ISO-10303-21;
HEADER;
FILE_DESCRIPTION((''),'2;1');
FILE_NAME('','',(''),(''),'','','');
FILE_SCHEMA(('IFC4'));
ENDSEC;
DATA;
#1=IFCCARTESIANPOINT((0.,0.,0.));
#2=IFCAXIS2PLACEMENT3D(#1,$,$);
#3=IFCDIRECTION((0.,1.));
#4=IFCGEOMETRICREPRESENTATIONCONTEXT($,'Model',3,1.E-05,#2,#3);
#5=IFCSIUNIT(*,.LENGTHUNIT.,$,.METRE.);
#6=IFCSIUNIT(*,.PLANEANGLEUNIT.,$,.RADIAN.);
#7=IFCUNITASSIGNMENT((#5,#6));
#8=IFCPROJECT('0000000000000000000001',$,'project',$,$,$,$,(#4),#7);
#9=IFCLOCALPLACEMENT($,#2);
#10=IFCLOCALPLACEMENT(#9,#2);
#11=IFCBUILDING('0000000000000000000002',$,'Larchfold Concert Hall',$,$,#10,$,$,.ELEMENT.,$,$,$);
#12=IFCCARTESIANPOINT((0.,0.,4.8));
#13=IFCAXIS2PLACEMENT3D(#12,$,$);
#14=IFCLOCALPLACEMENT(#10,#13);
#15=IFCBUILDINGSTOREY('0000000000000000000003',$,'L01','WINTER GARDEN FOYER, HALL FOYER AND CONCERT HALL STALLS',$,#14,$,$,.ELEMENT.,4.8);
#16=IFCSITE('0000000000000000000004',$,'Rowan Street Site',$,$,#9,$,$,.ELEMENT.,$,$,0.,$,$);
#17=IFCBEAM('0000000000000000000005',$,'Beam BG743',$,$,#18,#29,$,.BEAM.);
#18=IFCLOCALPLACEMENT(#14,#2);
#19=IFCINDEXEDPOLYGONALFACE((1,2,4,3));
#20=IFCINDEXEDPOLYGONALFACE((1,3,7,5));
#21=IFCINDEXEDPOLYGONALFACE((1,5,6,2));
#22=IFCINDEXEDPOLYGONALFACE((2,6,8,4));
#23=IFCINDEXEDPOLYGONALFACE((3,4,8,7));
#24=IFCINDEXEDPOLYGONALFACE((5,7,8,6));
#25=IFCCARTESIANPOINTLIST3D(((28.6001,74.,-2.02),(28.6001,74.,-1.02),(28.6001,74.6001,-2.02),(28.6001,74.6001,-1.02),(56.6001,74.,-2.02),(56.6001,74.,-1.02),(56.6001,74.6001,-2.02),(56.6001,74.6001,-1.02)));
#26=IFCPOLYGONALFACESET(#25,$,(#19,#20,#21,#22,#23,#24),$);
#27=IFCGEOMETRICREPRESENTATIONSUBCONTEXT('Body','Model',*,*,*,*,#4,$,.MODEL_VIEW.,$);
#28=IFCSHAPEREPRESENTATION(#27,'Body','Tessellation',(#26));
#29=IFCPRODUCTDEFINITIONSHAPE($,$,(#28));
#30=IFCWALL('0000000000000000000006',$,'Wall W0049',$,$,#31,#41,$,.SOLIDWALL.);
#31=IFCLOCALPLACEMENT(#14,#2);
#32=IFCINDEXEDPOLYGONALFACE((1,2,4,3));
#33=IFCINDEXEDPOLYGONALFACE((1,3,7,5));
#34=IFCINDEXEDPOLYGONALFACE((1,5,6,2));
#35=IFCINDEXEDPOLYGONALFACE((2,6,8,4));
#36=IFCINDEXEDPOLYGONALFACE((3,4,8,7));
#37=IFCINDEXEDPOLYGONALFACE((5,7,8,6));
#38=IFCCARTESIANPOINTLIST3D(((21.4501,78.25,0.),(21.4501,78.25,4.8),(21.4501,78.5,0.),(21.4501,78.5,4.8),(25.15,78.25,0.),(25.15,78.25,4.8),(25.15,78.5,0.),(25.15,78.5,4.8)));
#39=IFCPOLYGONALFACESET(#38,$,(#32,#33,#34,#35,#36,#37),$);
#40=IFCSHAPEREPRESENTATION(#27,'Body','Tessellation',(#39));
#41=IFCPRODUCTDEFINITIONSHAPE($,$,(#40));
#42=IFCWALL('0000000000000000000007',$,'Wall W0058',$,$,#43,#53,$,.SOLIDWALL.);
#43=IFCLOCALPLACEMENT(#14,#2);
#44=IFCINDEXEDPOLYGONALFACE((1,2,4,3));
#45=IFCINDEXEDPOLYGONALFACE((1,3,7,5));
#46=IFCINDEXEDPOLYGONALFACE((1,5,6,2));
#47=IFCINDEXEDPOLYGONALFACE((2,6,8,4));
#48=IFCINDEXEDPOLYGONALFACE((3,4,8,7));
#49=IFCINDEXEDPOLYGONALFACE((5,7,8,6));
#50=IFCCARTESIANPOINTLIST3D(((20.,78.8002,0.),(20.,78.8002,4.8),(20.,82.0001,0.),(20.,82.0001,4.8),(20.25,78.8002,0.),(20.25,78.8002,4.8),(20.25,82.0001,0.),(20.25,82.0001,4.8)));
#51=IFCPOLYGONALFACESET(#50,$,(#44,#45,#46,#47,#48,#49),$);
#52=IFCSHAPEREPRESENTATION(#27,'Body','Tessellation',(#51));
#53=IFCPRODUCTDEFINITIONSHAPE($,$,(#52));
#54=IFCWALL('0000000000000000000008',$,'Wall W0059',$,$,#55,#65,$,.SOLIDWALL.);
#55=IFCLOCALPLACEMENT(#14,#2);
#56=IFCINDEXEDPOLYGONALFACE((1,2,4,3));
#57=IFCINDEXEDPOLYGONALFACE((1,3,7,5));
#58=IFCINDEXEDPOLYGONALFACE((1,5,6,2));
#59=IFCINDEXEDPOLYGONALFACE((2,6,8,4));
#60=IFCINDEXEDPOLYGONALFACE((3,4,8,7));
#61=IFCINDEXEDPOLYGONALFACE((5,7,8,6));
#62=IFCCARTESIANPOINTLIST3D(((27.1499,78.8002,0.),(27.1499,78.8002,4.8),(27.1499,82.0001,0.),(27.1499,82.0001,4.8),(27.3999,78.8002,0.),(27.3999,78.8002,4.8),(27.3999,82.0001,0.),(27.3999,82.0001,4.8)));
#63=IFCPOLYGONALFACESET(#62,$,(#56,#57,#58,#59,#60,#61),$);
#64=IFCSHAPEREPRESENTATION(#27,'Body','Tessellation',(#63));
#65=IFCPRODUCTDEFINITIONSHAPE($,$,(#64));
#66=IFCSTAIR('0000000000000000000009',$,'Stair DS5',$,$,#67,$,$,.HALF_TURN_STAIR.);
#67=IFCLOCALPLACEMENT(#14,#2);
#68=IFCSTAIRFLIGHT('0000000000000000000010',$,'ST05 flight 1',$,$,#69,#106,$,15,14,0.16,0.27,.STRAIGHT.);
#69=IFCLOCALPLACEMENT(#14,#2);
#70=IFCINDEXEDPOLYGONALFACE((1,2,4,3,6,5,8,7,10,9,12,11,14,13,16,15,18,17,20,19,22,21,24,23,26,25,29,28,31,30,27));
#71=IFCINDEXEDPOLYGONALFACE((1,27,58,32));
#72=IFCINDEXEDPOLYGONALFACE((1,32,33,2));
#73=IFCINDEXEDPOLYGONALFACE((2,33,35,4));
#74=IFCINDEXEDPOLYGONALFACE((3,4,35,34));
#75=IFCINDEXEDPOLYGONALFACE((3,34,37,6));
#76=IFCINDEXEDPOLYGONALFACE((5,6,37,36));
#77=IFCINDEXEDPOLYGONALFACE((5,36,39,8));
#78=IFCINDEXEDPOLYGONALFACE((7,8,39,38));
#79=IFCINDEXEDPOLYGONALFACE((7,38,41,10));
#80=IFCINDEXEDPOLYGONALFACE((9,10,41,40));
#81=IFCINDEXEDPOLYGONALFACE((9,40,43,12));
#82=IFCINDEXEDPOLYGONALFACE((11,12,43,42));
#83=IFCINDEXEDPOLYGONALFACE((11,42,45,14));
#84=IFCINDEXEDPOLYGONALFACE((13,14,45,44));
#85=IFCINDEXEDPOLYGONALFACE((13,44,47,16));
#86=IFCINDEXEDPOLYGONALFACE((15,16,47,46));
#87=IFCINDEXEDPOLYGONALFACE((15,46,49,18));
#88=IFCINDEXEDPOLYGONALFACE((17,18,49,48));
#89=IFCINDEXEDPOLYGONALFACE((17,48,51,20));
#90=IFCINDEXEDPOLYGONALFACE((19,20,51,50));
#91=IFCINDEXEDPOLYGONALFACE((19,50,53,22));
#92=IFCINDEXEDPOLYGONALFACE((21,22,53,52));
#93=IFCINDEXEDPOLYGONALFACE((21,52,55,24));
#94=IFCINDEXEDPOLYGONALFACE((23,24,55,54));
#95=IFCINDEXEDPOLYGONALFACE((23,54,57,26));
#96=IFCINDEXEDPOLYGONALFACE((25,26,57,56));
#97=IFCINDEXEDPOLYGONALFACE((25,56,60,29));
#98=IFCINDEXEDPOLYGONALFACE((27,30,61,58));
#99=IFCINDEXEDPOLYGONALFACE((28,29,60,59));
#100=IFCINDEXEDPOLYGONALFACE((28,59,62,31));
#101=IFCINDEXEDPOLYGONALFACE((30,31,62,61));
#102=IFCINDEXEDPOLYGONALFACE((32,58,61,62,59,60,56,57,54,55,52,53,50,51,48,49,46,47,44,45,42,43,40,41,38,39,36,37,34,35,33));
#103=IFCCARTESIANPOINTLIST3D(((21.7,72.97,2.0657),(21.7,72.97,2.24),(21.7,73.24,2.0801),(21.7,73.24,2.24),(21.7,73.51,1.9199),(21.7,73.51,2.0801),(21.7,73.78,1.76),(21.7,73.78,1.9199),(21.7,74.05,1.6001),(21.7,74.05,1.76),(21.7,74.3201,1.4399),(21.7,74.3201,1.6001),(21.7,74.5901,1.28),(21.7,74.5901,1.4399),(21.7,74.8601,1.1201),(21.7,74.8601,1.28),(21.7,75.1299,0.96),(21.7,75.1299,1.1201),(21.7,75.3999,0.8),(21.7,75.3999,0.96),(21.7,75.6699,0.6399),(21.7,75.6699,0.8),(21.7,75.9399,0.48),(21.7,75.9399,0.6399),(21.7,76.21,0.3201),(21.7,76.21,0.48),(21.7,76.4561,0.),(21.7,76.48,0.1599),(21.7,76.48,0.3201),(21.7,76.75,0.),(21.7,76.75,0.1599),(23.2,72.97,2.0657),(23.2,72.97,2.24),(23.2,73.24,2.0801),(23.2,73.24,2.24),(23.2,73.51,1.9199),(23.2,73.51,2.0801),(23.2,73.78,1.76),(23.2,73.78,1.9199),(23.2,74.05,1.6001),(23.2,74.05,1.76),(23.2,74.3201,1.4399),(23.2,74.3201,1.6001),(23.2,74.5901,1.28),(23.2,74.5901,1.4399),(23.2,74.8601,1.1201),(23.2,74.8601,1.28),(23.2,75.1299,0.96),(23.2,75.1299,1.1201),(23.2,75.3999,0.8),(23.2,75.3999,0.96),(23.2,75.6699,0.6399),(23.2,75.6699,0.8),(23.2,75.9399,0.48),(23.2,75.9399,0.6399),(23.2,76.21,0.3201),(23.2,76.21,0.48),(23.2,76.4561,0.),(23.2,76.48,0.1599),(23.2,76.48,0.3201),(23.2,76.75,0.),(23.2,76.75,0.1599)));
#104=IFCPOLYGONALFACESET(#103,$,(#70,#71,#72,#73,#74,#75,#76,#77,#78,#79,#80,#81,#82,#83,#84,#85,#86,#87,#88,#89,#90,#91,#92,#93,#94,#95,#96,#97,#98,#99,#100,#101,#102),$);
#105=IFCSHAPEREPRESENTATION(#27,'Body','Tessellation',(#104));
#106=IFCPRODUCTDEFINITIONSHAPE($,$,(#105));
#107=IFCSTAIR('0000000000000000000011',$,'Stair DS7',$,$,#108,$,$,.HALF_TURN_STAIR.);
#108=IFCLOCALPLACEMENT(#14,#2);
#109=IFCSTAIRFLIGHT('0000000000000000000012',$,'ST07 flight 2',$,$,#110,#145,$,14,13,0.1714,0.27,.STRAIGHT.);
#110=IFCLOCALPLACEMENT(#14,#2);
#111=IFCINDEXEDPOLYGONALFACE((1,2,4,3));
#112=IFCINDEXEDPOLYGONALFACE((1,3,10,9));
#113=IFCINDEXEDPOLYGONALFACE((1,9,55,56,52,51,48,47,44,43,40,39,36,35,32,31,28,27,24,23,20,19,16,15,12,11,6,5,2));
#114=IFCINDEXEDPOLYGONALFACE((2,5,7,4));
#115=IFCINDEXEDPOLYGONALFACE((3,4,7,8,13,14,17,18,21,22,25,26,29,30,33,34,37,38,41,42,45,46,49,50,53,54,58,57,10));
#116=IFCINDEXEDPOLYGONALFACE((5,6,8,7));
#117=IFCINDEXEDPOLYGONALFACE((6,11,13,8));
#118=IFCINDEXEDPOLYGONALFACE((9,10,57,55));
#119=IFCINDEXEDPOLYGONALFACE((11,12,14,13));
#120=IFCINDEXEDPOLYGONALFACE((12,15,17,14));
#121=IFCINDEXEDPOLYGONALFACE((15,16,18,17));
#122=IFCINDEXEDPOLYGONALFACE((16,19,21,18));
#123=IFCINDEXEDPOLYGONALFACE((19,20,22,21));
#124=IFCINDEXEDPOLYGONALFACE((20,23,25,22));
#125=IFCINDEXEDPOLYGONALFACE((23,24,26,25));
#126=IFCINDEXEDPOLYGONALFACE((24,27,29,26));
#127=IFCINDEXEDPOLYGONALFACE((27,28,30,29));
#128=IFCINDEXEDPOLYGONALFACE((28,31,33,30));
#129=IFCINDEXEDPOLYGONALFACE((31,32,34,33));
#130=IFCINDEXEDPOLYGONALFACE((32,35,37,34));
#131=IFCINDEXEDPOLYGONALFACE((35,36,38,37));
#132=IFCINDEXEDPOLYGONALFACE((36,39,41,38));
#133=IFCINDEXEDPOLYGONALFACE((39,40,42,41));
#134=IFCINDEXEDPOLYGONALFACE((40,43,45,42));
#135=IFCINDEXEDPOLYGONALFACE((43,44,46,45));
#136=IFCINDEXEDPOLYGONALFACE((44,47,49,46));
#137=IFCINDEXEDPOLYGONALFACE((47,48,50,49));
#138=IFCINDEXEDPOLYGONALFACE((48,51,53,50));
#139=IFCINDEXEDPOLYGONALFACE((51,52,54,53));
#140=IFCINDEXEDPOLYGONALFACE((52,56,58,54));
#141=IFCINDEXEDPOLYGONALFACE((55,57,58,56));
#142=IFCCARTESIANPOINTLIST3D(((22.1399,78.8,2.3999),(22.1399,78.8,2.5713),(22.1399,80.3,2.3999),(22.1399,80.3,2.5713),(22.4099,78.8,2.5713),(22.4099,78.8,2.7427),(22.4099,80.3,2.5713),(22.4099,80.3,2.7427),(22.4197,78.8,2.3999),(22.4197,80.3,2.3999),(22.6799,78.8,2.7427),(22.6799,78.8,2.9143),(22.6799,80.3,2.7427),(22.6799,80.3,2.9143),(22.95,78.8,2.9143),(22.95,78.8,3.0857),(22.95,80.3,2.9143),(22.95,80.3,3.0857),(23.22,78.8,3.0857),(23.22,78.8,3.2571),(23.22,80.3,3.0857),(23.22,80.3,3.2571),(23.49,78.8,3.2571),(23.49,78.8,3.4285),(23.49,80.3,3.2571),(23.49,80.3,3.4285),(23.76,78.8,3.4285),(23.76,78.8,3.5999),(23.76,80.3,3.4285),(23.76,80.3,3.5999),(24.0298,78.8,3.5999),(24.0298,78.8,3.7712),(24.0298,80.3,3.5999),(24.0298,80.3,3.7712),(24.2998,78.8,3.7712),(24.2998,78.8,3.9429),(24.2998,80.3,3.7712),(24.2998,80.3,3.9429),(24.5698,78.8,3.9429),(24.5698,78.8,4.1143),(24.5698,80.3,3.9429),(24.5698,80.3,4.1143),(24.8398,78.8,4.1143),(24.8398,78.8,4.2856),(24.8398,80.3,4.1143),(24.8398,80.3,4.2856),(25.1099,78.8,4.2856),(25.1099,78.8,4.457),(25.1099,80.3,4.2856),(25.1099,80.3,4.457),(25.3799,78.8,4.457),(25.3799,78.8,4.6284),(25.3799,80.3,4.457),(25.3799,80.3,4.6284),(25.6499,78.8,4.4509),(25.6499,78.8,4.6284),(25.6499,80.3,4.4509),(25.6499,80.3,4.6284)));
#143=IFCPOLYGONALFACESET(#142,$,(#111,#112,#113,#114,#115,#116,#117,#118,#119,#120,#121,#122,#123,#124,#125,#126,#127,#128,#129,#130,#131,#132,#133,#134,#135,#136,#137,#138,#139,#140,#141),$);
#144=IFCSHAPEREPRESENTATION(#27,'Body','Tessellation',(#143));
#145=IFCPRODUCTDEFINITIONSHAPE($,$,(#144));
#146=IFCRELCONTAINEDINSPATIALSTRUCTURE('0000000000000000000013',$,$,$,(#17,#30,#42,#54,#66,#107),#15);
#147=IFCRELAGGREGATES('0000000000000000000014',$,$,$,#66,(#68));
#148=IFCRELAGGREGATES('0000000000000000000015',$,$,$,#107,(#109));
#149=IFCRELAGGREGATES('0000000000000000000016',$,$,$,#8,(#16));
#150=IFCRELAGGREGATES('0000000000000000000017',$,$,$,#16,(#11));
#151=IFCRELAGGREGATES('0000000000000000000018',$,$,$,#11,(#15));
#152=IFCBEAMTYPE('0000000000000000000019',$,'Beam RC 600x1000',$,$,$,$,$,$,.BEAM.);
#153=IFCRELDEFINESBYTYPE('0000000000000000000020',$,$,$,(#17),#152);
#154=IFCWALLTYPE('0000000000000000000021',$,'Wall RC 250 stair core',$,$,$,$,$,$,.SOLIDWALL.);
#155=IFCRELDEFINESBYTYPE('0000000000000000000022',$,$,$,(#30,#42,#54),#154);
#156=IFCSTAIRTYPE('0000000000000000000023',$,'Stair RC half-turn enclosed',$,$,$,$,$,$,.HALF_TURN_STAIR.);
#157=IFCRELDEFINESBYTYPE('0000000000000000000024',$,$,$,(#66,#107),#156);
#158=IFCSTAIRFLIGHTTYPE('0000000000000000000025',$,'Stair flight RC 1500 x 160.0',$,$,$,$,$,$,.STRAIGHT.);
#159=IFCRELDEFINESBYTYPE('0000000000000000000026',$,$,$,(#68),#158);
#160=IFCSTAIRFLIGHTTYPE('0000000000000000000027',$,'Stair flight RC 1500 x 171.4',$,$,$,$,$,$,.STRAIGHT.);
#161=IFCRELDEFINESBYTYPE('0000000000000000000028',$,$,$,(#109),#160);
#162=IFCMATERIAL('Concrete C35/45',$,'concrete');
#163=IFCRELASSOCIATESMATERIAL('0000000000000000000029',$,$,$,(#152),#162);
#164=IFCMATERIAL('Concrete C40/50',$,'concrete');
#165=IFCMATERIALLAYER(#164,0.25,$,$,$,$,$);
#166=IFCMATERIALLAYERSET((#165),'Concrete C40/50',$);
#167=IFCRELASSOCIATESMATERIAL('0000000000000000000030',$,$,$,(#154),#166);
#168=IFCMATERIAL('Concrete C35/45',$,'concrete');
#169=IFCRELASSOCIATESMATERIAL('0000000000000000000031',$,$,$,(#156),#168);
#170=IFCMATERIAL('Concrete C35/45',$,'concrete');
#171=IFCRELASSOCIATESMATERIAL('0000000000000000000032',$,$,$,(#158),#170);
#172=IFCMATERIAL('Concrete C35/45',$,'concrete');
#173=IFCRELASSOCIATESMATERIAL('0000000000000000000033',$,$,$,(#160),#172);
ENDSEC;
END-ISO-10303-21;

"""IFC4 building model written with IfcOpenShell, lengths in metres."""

from ifc_helpers import new_model, si_unit, direction, frame, frame_2d, origin, origin_2d, place, context, subcontext, project, spatial, polyline, rectangle, outline, extrude, material, layer, layer_set, material_profile, profile_set, type_object, element, aggregate, save


model = new_model("IFC4")

# Units and contexts
model_context = context("Model", 3, precision=1e-05, world=origin(), true_north=direction((0.0, 1.0)))
body_context = subcontext(model_context, "Body", "Model", "MODEL_VIEW")
ifc_project = project(units=[si_unit("LENGTHUNIT", "METRE"), si_unit("PLANEANGLEUNIT", "RADIAN")], contexts=[model_context])

# Site, building, storey
site_placement = place(None, origin())
site = spatial("IfcSite", under=ifc_project, at=site_placement, Name="Rowan Street Site", CompositionType="ELEMENT", RefElevation=0.0)
building_placement = place(site_placement, origin())
building = spatial("IfcBuilding", under=site, at=building_placement, Name="Larchfold Concert Hall", CompositionType="ELEMENT")
storey_placement = place(building_placement, frame((0.0, 0.0, 4.8)))
storey = spatial("IfcBuildingStorey", under=building, at=storey_placement, Name="L01", Description="WINTER GARDEN FOYER, HALL FOYER AND CONCERT HALL STALLS", CompositionType="ELEMENT", Elevation=4.8)

# Beam
ifc_material_1 = material(Name="Concrete C35/45", Category="concrete")
ifc_material_profile_1 = material_profile(ifc_material_1, rectangle(XDim=0.6001, YDim=1.0, at=origin_2d()))
ifc_profile_set_1 = profile_set([ifc_material_profile_1], Name="Concrete C35/45")
beam_type_1 = type_object("IfcBeamType", Name="Beam RC 600x1000", PredefinedType="BEAM", material=ifc_profile_set_1)
beam_1_placement = place(storey_placement, frame((28.6001, 74.3, -1.52), z_axis=(1.0, 0.0, 0.0), x_axis=(0.0, 1.0, 0.0)))
element("IfcBeam", 1, at=beam_1_placement, inside=storey, type_object=beam_type_1, Name="Beam BG743", PredefinedType="BEAM", context=body_context, shape_type="SweptSolid", body=[
    extrude(rectangle(XDim=0.6001, YDim=1.0, at=origin_2d()), origin(), (0.0, 0.0, 1.0), 28.0),
])

# Walls
ifc_material_2 = material(Name="Concrete C40/50", Category="concrete")
ifc_layer = layer(ifc_material_2, 0.25)
ifc_layer_set = layer_set([ifc_layer], Name="Concrete C40/50")
wall_type = type_object("IfcWallType", Name="Wall RC 250 stair core", PredefinedType="SOLIDWALL", material=ifc_layer_set)
wall_placement = place(storey_placement, frame((21.45, 78.375, 0.0), z_axis=(0.0, 0.0, 1.0), x_axis=(1.0, 0.0, 0.0)))
element("IfcWall", 2, at=wall_placement, inside=storey, type_object=wall_type, Name="Wall W0049", PredefinedType="SOLIDWALL", context=body_context, shape_type="SweptSolid", body=[
    extrude(rectangle(XDim=3.7, YDim=0.25, at=frame_2d((1.8501, 0.0))), origin(), (0.0, 0.0, 1.0), 4.8),
])
for number, where, z_axis, x_axis, name in (
    (3, (20.125, 78.8, 0.0), (0.0, 0.0, 1.0), (0.0, 1.0, 0.0), "Wall W0058"),
    (4, (27.2749, 78.8, 0.0), (0.0, 0.0, 1.0), (0.0, 1.0, 0.0), "Wall W0059"),
):
    element("IfcWall", number, at=place(storey_placement, frame(where, z_axis=z_axis, x_axis=x_axis)), inside=storey, type_object=wall_type, Name=name, PredefinedType="SOLIDWALL", context=body_context, shape_type="SweptSolid", body=[
        extrude(rectangle(XDim=3.2, YDim=0.25, at=frame_2d((1.6001, 0.0))), origin(), (0.0, 0.0, 1.0), 4.8),
    ])

# Stairs, stair flights
ifc_material_3 = material(Name="Concrete C35/45", Category="concrete")
stair_type = type_object("IfcStairType", Name="Stair RC half-turn enclosed", PredefinedType="HALF_TURN_STAIR", material=ifc_material_3)
stair_1_placement = place(storey_placement, origin())
stair_1 = element("IfcStair", 5, at=stair_1_placement, inside=storey, type_object=stair_type, Name="Stair DS5", PredefinedType="HALF_TURN_STAIR")
ifc_material_4 = material(Name="Concrete C35/45", Category="concrete")
stair_flight_type_1 = type_object("IfcStairFlightType", Name="Stair flight RC 1500 x 160.0", PredefinedType="STRAIGHT", material=ifc_material_4)
stair_flight_1_placement = place(storey_placement, frame((22.45, 76.75, 0.0), z_axis=(0.0, 0.0, 1.0), x_axis=(0.0, -1.0, 0.0)))
stair_flight_1 = element("IfcStairFlight", 6, at=stair_flight_1_placement, type_object=stair_flight_type_1, Name="ST05 flight 1", NumberOfRisers=15, NumberOfTreads=14, PredefinedType="STRAIGHT", RiserHeight=0.16, TreadLength=0.27, context=body_context, shape_type="SweptSolid", body=[
    extrude(outline(polyline([(0.0, 0.0), (0.0, 0.1599), (0.27, 0.1599), (0.27, 0.3201), (0.54, 0.3201), (0.54, 0.48), (0.8101, 0.48), (0.8101, 0.6399), (1.0801, 0.6399), (1.0801, 0.8), (1.3501, 0.8), (1.3501, 0.96), (1.6201, 0.96), (1.6201, 1.1201), (1.8899, 1.1201), (1.8899, 1.28), (2.1599, 1.28), (2.1599, 1.4399), (2.4299, 1.4399), (2.4299, 1.6001), (2.7, 1.6001), (2.7, 1.76), (2.97, 1.76), (2.97, 1.9199), (3.24, 1.9199), (3.24, 2.0801), (3.51, 2.0801), (3.51, 2.24), (3.78, 2.24), (3.78, 2.3999), (3.78, 2.0657), (0.2939, 0.0), (0.0, 0.0)])), frame((0.0, 0.75, 0.0), z_axis=(0.0, -1.0, 0.0), x_axis=(1.0, 0.0, 0.0)), (0.0, 0.0, 1.0), 1.5),
])
aggregate(stair_1, [stair_flight_1])
stair_2_placement = place(storey_placement, origin())
stair_2 = element("IfcStair", 7, at=stair_2_placement, inside=storey, type_object=stair_type, Name="Stair DS7", PredefinedType="HALF_TURN_STAIR")
ifc_material_5 = material(Name="Concrete C35/45", Category="concrete")
stair_flight_type_2 = type_object("IfcStairFlightType", Name="Stair flight RC 1500 x 171.4", PredefinedType="STRAIGHT", material=ifc_material_5)
stair_flight_2_placement = place(storey_placement, frame((22.1399, 79.55, 2.3999), z_axis=(0.0, 0.0, 1.0), x_axis=(1.0, 0.0, 0.0)))
stair_flight_2 = element("IfcStairFlight", 8, at=stair_flight_2_placement, type_object=stair_flight_type_2, Name="ST07 flight 2", NumberOfRisers=14, NumberOfTreads=13, PredefinedType="STRAIGHT", RiserHeight=0.1714, TreadLength=0.27, context=body_context, shape_type="SweptSolid", body=[
    extrude(outline(polyline([(0.0, 0.0), (0.0, 0.1714), (0.27, 0.1714), (0.27, 0.3428), (0.54, 0.3428), (0.54, 0.5144), (0.8101, 0.5144), (0.8101, 0.6858), (1.0801, 0.6858), (1.0801, 0.8572), (1.3501, 0.8572), (1.3501, 1.0286), (1.6201, 1.0286), (1.6201, 1.2), (1.8899, 1.2), (1.8899, 1.3713), (2.1599, 1.3713), (2.1599, 1.543), (2.4299, 1.543), (2.4299, 1.7144), (2.7, 1.7144), (2.7, 1.8857), (2.97, 1.8857), (2.97, 2.0571), (3.24, 2.0571), (3.24, 2.2285), (3.51, 2.2285), (3.51, 2.3999), (3.51, 2.051), (0.2798, 0.0), (0.0, 0.0)])), frame((0.0, 0.75, 0.0), z_axis=(0.0, -1.0, 0.0), x_axis=(1.0, 0.0, 0.0)), (0.0, 0.0, 1.0), 1.5),
])
aggregate(stair_2, [stair_flight_2])

save(model, "model.ifc")
